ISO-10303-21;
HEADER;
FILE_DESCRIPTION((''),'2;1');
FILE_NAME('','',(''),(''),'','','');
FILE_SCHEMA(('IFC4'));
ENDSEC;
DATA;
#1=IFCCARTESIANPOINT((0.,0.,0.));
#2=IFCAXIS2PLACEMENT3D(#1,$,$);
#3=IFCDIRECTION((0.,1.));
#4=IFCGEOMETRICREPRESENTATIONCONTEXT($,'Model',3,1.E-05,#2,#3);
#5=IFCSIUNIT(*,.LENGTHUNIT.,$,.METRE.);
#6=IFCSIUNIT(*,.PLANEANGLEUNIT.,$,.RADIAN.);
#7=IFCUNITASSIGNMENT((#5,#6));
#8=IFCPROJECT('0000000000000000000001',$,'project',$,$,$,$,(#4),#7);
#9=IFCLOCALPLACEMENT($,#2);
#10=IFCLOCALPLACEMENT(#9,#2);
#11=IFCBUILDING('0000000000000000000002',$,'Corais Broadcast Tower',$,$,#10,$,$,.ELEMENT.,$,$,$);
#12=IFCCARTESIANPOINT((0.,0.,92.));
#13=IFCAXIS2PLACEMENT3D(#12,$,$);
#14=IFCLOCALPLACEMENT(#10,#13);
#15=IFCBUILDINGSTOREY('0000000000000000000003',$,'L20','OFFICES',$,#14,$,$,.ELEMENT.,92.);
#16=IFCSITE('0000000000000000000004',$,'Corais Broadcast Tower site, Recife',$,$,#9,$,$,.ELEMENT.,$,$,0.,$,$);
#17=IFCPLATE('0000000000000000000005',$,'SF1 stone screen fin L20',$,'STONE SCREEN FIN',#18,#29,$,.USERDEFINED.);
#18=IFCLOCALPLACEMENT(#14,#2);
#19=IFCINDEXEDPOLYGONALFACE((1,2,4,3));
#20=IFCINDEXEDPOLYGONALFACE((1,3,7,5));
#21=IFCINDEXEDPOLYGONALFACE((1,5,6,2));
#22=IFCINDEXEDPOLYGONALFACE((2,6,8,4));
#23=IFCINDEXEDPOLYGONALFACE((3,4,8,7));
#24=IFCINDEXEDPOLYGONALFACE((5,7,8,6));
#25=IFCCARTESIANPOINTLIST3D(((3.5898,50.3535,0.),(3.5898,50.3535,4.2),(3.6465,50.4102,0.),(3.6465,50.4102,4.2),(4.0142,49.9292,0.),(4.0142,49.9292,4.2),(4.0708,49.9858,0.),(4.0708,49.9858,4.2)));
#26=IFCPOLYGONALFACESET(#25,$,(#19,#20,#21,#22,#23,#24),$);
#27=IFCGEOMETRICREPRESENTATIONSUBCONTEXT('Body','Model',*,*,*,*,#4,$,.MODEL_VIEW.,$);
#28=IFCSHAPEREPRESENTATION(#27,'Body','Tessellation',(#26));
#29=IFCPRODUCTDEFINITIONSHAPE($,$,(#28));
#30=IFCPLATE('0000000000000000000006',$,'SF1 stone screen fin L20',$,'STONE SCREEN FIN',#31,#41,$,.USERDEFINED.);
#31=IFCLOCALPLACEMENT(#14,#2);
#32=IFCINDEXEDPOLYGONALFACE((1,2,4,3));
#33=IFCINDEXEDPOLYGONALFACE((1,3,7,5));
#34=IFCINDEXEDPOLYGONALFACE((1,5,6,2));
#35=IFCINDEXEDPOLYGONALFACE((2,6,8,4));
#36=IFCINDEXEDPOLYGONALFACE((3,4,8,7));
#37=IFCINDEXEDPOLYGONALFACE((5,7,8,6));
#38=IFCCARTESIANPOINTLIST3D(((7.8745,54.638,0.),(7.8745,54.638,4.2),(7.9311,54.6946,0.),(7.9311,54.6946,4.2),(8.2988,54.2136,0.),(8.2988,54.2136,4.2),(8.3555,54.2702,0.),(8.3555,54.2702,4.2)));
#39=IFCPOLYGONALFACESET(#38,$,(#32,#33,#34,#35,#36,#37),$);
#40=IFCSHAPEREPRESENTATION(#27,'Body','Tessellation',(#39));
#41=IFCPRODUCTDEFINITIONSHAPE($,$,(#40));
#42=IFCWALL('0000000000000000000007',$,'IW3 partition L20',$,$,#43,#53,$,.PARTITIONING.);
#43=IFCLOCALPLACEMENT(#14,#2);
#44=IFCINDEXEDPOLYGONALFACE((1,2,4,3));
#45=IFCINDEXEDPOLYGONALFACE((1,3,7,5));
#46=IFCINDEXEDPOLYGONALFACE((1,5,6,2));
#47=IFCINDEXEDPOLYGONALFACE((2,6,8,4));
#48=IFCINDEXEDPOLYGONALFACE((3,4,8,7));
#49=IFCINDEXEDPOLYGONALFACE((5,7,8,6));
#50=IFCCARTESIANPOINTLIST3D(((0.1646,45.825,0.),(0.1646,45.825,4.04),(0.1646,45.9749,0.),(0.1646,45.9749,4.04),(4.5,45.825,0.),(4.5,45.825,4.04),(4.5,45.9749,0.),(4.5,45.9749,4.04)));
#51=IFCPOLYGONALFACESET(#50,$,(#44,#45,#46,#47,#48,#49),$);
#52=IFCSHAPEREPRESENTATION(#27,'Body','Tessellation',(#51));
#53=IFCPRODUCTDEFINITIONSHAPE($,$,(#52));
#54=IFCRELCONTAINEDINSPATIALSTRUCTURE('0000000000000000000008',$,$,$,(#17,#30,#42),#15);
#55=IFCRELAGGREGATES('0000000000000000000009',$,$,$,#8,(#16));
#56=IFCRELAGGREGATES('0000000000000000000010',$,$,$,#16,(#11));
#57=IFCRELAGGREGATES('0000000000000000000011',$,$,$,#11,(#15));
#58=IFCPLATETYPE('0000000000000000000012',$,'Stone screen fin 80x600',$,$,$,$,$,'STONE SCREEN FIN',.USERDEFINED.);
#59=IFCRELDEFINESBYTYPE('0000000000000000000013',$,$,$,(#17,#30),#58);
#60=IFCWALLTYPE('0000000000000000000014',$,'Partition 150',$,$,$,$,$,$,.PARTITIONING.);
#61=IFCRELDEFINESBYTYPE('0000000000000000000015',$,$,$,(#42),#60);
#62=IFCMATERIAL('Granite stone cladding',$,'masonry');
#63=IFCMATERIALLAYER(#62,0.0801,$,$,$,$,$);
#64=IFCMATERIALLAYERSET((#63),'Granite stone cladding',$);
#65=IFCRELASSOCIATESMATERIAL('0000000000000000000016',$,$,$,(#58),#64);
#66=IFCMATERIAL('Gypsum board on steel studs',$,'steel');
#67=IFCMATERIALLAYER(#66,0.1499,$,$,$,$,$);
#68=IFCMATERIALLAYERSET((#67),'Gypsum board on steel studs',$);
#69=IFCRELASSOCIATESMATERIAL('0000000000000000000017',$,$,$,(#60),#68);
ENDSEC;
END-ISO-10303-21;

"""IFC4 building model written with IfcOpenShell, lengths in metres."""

from ifc_helpers import new_model, si_unit, direction, frame, frame_2d, origin, origin_2d, place, context, subcontext, project, spatial, rectangle, extrude, material, layer, layer_set, type_object, element, save


model = new_model("IFC4")

# Units and contexts
model_context = context("Model", 3, precision=1e-05, world=origin(), true_north=direction((0.0, 1.0)))
body_context = subcontext(model_context, "Body", "Model", "MODEL_VIEW")
ifc_project = project(units=[si_unit("LENGTHUNIT", "METRE"), si_unit("PLANEANGLEUNIT", "RADIAN")], contexts=[model_context])

# Site, building, storey
site_placement = place(None, origin())
site = spatial("IfcSite", under=ifc_project, at=site_placement, Name="Corais Broadcast Tower site, Recife", CompositionType="ELEMENT", RefElevation=0.0)
building_placement = place(site_placement, origin())
building = spatial("IfcBuilding", under=site, at=building_placement, Name="Corais Broadcast Tower", CompositionType="ELEMENT")
storey_placement = place(building_placement, frame((0.0, 0.0, 92.0)))
storey = spatial("IfcBuildingStorey", under=building, at=storey_placement, Name="L20", Description="OFFICES", CompositionType="ELEMENT", Elevation=92.0)

# Plates
ifc_material_1 = material(Name="Granite stone cladding", Category="masonry")
ifc_layer_1 = layer(ifc_material_1, 0.0801)
ifc_layer_set_1 = layer_set([ifc_layer_1], Name="Granite stone cladding")
plate_type_1 = type_object("IfcPlateType", Name="Stone screen fin 80x600", ElementType="STONE SCREEN FIN", PredefinedType="USERDEFINED", material=ifc_layer_set_1)
for number, where, z_axis, x_axis, name in (
    (1, (3.8303, 50.1697, 0.0), (0.0, 0.0, 1.0), (0.707107, 0.707107, 0.0), "SF1 stone screen fin L20"),
    (2, (8.115, 54.4541, 0.0), (0.0, 0.0, 1.0), (0.707107, 0.707107, 0.0), "SF1 stone screen fin L20"),
):
    element("IfcPlate", number, at=place(storey_placement, frame(where, z_axis=z_axis, x_axis=x_axis)), inside=storey, type_object=plate_type_1, Name=name, ObjectType="STONE SCREEN FIN", PredefinedType="USERDEFINED", context=body_context, shape_type="SweptSolid", body=[
        extrude(rectangle(XDim=0.0801, YDim=0.6001, at=origin_2d()), origin(), (0.0, 0.0, 1.0), 4.2),
    ])

# Wall
ifc_material_2 = material(Name="Gypsum board on steel studs", Category="steel")
ifc_layer_2 = layer(ifc_material_2, 0.1499)
ifc_layer_set_2 = layer_set([ifc_layer_2], Name="Gypsum board on steel studs")
wall_type = type_object("IfcWallType", Name="Partition 150", PredefinedType="PARTITIONING", material=ifc_layer_set_2)
wall_placement = place(storey_placement, frame((4.5, 45.8999, 0.0), z_axis=(0.0, 0.0, 1.0), x_axis=(-1.0, 0.0, 0.0)))
element("IfcWall", 3, at=wall_placement, inside=storey, type_object=wall_type, Name="IW3 partition L20", PredefinedType="PARTITIONING", context=body_context, shape_type="SweptSolid", body=[
    extrude(rectangle(XDim=4.3354, YDim=0.1499, at=frame_2d((2.1677, 0.0))), origin(), (0.0, 0.0, 1.0), 4.04),
])

save(model, "model.ifc")
